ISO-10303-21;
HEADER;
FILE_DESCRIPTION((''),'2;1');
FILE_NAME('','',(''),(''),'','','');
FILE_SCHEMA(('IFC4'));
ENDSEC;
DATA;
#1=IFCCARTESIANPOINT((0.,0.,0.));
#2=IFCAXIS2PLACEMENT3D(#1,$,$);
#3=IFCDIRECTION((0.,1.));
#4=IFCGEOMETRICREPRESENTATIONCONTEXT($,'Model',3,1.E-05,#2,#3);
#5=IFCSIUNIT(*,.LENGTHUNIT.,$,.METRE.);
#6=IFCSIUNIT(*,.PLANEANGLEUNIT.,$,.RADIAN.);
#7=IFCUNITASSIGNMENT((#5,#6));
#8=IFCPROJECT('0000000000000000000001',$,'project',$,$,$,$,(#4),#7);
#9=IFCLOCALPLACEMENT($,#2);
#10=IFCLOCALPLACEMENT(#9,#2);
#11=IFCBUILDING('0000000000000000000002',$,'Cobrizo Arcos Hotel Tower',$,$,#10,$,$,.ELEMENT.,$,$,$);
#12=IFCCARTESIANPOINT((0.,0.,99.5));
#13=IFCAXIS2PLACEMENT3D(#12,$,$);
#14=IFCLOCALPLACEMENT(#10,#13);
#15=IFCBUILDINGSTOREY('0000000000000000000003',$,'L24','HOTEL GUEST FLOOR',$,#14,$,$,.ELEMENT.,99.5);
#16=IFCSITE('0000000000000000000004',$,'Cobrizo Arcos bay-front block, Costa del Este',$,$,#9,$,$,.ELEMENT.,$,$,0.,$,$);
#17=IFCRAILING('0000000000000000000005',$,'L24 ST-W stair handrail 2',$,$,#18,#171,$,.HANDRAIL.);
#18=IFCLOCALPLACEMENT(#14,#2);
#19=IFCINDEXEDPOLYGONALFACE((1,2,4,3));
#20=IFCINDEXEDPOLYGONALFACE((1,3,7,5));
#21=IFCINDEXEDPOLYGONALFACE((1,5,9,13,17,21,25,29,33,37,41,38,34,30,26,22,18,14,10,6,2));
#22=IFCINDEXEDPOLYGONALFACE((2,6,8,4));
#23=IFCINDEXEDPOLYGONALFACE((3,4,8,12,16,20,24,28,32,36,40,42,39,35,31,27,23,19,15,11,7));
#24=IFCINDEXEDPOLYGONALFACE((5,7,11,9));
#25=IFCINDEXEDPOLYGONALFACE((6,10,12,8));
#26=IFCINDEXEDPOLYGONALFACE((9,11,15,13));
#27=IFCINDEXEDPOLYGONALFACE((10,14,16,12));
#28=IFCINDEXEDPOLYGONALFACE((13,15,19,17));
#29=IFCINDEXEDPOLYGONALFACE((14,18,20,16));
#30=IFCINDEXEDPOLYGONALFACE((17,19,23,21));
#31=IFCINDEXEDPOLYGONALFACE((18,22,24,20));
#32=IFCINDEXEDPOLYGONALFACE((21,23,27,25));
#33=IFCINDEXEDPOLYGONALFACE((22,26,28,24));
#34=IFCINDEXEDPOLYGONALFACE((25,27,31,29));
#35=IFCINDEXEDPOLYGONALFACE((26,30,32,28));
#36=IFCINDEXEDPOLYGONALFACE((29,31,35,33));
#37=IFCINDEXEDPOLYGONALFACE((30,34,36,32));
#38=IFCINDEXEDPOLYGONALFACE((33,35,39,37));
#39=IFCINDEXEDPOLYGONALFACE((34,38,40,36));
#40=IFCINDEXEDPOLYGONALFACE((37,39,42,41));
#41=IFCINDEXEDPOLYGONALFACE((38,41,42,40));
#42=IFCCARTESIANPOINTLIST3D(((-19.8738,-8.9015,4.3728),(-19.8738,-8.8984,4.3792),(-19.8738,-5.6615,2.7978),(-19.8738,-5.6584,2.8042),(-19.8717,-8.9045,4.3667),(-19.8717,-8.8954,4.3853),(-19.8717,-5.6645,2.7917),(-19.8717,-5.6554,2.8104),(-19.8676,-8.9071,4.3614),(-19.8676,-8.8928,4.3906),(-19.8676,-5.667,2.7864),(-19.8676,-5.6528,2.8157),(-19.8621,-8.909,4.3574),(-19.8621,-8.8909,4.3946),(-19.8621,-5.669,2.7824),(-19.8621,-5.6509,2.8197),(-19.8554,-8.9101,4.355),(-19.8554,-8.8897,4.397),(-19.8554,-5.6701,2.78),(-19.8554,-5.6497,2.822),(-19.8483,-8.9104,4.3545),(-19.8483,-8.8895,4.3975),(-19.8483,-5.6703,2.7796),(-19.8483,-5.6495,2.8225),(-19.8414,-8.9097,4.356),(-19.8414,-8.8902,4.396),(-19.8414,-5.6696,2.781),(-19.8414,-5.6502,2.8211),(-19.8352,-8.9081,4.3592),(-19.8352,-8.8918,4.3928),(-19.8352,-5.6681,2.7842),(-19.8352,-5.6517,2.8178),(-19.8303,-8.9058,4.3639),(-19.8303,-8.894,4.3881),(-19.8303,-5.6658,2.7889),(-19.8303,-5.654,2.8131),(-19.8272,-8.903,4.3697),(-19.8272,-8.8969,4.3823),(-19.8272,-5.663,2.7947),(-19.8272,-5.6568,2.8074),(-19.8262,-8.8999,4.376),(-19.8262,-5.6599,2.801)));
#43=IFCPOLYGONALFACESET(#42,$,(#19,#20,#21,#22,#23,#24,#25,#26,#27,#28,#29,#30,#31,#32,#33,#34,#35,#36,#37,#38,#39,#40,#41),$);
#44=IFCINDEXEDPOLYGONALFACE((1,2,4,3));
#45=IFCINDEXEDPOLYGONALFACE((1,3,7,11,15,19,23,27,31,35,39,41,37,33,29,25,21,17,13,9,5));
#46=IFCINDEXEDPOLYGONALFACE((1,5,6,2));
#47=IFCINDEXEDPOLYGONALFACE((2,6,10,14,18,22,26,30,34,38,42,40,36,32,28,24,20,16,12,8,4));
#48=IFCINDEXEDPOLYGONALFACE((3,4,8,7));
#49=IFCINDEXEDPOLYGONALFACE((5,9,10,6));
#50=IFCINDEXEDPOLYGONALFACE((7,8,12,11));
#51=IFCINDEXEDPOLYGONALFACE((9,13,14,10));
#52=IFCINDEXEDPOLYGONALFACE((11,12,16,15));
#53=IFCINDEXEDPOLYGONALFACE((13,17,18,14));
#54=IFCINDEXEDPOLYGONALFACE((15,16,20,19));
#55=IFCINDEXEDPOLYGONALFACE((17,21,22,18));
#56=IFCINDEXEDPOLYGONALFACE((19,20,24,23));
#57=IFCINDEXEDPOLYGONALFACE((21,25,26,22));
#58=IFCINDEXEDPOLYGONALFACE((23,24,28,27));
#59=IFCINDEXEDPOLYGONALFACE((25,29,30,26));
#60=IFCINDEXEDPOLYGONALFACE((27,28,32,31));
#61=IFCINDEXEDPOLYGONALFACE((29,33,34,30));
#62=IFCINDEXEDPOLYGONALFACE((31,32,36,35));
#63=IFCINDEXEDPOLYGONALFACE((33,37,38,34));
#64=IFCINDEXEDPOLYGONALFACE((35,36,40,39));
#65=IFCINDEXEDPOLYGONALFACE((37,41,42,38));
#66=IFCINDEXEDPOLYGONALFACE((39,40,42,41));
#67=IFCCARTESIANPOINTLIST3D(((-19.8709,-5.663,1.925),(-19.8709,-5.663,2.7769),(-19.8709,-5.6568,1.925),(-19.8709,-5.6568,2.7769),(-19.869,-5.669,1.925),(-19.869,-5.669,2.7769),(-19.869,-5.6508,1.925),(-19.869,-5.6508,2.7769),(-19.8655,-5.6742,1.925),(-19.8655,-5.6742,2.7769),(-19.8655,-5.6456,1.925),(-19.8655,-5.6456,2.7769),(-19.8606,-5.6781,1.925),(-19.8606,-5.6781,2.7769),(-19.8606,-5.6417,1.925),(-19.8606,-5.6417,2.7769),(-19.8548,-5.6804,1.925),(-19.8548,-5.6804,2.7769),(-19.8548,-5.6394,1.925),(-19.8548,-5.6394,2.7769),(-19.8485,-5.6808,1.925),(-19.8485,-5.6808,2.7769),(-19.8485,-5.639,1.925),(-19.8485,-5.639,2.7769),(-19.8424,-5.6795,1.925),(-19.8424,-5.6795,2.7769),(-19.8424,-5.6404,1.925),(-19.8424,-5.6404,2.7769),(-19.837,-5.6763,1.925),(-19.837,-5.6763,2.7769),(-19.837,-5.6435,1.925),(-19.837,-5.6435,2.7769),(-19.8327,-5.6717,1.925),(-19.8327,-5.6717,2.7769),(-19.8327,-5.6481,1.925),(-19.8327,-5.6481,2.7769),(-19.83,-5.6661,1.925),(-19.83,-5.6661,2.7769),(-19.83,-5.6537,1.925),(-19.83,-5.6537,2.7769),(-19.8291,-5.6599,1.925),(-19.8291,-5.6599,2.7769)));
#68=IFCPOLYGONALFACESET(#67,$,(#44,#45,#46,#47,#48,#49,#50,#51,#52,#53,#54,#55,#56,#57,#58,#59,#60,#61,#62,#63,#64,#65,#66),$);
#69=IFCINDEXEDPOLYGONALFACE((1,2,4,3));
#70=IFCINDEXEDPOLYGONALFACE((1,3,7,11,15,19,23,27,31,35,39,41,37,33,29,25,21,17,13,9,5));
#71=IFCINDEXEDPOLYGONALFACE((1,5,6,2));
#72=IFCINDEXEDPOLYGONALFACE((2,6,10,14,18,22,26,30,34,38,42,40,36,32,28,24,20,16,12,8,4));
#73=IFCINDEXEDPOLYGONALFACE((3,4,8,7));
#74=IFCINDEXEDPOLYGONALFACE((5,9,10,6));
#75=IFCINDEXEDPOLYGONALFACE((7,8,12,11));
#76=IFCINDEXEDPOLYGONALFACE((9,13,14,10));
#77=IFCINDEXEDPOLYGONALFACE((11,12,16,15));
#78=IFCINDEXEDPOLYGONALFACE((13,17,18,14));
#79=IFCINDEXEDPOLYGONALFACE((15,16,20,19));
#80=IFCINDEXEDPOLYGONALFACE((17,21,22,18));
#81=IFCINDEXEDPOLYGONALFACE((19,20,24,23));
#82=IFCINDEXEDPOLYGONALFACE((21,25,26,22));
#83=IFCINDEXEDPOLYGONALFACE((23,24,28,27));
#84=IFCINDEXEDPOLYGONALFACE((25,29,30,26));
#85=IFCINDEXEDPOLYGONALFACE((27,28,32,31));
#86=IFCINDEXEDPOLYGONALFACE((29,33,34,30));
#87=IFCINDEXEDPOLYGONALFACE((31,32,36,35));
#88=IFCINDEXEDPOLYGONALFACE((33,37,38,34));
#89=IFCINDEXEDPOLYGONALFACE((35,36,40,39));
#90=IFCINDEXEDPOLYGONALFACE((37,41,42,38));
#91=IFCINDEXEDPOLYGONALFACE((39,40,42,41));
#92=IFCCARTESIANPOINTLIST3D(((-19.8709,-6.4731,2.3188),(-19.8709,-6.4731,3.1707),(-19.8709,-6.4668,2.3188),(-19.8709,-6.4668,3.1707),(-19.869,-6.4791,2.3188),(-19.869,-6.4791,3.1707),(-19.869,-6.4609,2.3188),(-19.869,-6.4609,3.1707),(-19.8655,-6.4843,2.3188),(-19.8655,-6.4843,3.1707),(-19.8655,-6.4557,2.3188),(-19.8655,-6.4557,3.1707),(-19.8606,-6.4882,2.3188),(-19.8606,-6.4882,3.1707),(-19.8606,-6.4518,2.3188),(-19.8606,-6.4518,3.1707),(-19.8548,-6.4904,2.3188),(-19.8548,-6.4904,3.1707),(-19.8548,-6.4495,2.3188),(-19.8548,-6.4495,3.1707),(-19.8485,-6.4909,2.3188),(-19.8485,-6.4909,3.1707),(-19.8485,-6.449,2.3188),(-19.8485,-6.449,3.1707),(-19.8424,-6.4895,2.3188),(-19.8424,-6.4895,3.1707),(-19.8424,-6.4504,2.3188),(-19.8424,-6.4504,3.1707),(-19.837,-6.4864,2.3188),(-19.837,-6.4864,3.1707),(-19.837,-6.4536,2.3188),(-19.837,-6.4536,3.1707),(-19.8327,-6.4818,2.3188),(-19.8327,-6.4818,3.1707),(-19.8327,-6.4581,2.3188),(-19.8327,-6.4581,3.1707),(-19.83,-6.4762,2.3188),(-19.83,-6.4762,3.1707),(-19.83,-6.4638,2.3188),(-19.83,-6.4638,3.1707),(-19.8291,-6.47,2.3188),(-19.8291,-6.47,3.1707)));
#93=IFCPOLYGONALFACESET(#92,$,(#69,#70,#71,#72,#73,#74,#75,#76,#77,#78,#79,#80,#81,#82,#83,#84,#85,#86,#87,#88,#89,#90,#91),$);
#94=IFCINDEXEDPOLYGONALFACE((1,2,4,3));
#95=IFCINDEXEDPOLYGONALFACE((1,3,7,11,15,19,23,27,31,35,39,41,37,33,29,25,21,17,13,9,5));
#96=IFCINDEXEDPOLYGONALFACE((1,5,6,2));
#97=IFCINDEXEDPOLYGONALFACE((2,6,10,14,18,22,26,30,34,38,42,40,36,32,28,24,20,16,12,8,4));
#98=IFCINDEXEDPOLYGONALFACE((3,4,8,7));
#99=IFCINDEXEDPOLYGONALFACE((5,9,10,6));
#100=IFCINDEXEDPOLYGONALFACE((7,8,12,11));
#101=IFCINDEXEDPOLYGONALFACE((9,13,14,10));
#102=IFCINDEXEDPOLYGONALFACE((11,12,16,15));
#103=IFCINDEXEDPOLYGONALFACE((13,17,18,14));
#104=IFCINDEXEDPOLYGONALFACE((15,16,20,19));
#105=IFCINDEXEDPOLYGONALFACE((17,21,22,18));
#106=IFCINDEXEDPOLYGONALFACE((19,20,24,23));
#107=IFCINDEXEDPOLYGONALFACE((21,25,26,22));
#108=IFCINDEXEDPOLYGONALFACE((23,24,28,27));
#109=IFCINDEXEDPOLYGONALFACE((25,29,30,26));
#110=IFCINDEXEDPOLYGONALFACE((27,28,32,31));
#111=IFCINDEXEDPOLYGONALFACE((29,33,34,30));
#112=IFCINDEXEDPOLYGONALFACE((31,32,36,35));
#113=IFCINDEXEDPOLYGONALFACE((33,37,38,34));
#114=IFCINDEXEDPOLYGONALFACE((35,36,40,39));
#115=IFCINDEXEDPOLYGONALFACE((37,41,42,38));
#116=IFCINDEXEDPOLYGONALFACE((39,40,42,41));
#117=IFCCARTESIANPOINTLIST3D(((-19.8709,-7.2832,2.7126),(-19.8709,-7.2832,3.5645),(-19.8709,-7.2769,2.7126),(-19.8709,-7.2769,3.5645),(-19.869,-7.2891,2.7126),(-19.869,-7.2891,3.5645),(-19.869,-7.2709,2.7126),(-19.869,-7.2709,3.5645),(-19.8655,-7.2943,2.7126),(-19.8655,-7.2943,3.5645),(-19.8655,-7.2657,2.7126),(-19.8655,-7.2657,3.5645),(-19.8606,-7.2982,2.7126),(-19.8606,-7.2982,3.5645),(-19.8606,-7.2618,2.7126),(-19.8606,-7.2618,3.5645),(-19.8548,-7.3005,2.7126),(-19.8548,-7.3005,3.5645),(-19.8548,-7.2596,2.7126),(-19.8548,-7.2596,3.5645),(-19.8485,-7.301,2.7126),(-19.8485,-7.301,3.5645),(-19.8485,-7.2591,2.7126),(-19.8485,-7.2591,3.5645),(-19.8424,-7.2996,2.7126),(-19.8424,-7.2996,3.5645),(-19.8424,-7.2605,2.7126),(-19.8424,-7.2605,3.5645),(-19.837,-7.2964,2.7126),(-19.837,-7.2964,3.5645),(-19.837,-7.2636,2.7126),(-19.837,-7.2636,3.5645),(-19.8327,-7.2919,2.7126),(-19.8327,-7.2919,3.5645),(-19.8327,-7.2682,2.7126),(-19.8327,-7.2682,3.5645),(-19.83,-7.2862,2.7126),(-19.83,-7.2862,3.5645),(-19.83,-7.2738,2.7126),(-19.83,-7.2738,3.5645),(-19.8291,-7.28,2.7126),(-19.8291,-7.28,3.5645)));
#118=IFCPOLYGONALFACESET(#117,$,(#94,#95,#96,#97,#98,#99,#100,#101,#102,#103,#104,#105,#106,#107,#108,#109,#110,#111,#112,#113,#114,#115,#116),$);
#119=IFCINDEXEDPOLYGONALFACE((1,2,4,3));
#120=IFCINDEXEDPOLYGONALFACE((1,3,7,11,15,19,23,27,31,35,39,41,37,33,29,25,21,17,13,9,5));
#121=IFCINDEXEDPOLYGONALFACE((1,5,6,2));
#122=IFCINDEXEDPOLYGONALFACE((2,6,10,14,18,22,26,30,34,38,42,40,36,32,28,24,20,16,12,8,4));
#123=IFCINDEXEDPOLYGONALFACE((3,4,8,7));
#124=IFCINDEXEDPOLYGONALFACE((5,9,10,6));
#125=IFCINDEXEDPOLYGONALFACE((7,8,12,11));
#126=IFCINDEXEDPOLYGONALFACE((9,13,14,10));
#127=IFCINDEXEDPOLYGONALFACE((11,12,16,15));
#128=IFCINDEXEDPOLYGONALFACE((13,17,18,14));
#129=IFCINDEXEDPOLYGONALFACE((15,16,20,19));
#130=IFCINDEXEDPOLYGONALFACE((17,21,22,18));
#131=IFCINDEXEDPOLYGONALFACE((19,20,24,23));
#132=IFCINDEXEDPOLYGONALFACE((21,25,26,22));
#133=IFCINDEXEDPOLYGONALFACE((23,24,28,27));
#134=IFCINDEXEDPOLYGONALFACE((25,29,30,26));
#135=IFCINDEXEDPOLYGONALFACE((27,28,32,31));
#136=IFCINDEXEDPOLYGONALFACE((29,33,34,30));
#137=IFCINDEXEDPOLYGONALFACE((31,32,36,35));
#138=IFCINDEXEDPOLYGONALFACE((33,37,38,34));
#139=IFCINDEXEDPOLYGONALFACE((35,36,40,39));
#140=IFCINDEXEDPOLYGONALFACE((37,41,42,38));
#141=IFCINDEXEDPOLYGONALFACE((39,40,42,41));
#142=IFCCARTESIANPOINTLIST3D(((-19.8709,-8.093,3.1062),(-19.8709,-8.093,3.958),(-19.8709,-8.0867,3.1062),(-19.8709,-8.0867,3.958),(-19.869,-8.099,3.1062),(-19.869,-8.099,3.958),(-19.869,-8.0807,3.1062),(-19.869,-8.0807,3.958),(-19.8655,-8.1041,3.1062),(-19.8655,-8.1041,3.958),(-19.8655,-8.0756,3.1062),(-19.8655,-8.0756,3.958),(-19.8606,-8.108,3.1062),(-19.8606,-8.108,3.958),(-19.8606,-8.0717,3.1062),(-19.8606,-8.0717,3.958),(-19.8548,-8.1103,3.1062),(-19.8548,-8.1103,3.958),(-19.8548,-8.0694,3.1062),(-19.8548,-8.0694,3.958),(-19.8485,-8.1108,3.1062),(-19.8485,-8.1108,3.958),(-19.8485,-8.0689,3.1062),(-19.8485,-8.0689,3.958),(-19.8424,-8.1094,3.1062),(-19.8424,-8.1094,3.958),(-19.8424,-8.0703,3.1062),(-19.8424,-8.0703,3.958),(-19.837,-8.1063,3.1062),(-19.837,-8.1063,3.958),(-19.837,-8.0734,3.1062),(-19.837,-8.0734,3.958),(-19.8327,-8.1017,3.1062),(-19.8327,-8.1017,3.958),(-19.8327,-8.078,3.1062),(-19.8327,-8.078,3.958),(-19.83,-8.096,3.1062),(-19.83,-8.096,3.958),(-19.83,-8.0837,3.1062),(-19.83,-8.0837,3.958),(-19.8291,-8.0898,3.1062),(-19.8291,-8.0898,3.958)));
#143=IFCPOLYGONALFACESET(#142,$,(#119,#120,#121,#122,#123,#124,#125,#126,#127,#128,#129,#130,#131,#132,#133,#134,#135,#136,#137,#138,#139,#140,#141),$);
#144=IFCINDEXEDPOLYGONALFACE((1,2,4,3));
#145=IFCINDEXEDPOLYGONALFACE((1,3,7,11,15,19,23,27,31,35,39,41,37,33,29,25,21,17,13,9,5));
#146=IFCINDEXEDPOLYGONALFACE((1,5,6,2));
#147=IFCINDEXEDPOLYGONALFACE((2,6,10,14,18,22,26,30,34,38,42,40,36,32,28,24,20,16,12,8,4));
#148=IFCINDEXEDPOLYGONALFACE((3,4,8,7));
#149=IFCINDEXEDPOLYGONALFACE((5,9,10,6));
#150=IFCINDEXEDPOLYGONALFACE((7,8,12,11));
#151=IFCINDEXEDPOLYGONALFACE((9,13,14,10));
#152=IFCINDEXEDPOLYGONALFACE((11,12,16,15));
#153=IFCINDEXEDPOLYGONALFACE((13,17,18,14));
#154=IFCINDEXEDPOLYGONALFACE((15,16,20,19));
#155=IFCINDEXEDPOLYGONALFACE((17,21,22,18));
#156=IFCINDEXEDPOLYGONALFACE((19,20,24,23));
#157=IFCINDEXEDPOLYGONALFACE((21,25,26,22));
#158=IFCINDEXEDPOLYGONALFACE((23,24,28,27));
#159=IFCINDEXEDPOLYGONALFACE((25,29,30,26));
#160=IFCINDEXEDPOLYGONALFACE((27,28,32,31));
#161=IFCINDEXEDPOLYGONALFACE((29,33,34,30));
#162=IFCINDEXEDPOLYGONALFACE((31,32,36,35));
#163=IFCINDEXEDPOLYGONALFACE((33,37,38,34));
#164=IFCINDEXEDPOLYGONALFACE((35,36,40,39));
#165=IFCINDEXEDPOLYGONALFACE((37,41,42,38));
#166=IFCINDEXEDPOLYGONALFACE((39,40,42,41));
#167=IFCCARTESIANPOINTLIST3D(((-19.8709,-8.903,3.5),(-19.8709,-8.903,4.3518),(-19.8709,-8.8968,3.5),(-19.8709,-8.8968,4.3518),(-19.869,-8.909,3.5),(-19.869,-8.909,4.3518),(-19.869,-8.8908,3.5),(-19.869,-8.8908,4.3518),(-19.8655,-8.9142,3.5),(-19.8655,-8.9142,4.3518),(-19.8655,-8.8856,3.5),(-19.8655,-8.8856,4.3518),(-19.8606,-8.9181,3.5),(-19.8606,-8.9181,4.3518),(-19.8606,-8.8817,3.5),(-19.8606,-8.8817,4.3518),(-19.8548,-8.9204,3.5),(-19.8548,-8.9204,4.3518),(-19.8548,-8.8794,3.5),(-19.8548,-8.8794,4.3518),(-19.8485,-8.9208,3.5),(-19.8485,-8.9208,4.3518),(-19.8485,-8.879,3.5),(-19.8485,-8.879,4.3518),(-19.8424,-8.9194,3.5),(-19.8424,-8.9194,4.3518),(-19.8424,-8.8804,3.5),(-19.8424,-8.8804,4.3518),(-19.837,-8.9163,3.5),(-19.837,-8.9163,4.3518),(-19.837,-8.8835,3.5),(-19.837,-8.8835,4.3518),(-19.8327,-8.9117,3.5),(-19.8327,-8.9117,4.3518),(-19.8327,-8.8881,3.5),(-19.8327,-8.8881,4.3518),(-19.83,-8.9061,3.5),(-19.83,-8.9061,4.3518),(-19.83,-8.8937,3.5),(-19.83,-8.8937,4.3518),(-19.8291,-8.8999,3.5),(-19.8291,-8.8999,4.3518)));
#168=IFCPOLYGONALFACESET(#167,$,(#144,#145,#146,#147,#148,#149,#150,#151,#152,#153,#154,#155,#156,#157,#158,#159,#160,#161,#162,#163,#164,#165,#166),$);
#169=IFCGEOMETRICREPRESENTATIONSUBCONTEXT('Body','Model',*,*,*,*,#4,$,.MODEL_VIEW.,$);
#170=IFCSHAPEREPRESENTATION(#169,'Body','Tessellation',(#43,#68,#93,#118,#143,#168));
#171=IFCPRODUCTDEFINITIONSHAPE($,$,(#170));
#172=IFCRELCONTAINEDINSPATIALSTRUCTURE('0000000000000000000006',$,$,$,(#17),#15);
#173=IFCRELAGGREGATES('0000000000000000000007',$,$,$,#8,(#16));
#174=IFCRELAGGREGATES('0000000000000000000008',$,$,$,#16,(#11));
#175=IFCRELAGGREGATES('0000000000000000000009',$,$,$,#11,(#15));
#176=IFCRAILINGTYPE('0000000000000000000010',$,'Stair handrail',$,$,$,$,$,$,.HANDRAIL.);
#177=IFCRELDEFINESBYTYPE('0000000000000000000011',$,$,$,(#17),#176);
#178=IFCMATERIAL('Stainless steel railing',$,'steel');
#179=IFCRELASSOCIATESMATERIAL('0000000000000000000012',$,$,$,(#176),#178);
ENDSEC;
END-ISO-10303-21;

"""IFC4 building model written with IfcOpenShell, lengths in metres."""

from ifc_helpers import new_model, si_unit, direction, frame, origin, origin_2d, place, context, subcontext, project, spatial, circle, extrude, material, type_object, element, save


model = new_model("IFC4")

# Units and contexts
model_context = context("Model", 3, precision=1e-05, world=origin(), true_north=direction((0.0, 1.0)))
body_context = subcontext(model_context, "Body", "Model", "MODEL_VIEW")
ifc_project = project(units=[si_unit("LENGTHUNIT", "METRE"), si_unit("PLANEANGLEUNIT", "RADIAN")], contexts=[model_context])

# Site, building, storey
site_placement = place(None, origin())
site = spatial("IfcSite", under=ifc_project, at=site_placement, Name="Cobrizo Arcos bay-front block, Costa del Este", CompositionType="ELEMENT", RefElevation=0.0)
building_placement = place(site_placement, origin())
building = spatial("IfcBuilding", under=site, at=building_placement, Name="Cobrizo Arcos Hotel Tower", CompositionType="ELEMENT")
storey_placement = place(building_placement, frame((0.0, 0.0, 99.5)))
storey = spatial("IfcBuildingStorey", under=building, at=storey_placement, Name="L24", Description="HOTEL GUEST FLOOR", CompositionType="ELEMENT", Elevation=99.5)

# Railing
ifc_material_1 = material(Name="Stainless steel railing", Category="steel")
railing_type_1 = type_object("IfcRailingType", Name="Stair handrail", PredefinedType="HANDRAIL", material=ifc_material_1)
railing_1_placement = place(storey_placement, frame((-19.8501, -5.6599, 1.925)))
element("IfcRailing", 1, at=railing_1_placement, inside=storey, type_object=railing_type_1, Name="L24 ST-W stair handrail 2", PredefinedType="HANDRAIL", context=body_context, shape_type="SweptSolid", body=[
    extrude(circle(Radius=0.0239, at=origin_2d()), frame((0.0, 0.0, 0.876), z_axis=(0.0, -0.899373, 0.437183), x_axis=(1.0, 0.0, 0.0)), (0.0, 0.0, 1.0), 3.6025),
    extrude(circle(Radius=0.021, at=origin_2d()), origin(), (0.0, 0.0, 1.0), 0.8518),
    extrude(circle(Radius=0.021, at=origin_2d()), frame((0.0, -0.8101, 0.3938)), (0.0, 0.0, 1.0), 0.8518),
    extrude(circle(Radius=0.021, at=origin_2d()), frame((0.0, -1.6201, 0.7876)), (0.0, 0.0, 1.0), 0.8518),
    extrude(circle(Radius=0.021, at=origin_2d()), frame((0.0, -2.4299, 1.1812)), (0.0, 0.0, 1.0), 0.8518),
    extrude(circle(Radius=0.021, at=origin_2d()), frame((0.0, -3.24, 1.575)), (0.0, 0.0, 1.0), 0.8518),
])

save(model, "model.ifc")
